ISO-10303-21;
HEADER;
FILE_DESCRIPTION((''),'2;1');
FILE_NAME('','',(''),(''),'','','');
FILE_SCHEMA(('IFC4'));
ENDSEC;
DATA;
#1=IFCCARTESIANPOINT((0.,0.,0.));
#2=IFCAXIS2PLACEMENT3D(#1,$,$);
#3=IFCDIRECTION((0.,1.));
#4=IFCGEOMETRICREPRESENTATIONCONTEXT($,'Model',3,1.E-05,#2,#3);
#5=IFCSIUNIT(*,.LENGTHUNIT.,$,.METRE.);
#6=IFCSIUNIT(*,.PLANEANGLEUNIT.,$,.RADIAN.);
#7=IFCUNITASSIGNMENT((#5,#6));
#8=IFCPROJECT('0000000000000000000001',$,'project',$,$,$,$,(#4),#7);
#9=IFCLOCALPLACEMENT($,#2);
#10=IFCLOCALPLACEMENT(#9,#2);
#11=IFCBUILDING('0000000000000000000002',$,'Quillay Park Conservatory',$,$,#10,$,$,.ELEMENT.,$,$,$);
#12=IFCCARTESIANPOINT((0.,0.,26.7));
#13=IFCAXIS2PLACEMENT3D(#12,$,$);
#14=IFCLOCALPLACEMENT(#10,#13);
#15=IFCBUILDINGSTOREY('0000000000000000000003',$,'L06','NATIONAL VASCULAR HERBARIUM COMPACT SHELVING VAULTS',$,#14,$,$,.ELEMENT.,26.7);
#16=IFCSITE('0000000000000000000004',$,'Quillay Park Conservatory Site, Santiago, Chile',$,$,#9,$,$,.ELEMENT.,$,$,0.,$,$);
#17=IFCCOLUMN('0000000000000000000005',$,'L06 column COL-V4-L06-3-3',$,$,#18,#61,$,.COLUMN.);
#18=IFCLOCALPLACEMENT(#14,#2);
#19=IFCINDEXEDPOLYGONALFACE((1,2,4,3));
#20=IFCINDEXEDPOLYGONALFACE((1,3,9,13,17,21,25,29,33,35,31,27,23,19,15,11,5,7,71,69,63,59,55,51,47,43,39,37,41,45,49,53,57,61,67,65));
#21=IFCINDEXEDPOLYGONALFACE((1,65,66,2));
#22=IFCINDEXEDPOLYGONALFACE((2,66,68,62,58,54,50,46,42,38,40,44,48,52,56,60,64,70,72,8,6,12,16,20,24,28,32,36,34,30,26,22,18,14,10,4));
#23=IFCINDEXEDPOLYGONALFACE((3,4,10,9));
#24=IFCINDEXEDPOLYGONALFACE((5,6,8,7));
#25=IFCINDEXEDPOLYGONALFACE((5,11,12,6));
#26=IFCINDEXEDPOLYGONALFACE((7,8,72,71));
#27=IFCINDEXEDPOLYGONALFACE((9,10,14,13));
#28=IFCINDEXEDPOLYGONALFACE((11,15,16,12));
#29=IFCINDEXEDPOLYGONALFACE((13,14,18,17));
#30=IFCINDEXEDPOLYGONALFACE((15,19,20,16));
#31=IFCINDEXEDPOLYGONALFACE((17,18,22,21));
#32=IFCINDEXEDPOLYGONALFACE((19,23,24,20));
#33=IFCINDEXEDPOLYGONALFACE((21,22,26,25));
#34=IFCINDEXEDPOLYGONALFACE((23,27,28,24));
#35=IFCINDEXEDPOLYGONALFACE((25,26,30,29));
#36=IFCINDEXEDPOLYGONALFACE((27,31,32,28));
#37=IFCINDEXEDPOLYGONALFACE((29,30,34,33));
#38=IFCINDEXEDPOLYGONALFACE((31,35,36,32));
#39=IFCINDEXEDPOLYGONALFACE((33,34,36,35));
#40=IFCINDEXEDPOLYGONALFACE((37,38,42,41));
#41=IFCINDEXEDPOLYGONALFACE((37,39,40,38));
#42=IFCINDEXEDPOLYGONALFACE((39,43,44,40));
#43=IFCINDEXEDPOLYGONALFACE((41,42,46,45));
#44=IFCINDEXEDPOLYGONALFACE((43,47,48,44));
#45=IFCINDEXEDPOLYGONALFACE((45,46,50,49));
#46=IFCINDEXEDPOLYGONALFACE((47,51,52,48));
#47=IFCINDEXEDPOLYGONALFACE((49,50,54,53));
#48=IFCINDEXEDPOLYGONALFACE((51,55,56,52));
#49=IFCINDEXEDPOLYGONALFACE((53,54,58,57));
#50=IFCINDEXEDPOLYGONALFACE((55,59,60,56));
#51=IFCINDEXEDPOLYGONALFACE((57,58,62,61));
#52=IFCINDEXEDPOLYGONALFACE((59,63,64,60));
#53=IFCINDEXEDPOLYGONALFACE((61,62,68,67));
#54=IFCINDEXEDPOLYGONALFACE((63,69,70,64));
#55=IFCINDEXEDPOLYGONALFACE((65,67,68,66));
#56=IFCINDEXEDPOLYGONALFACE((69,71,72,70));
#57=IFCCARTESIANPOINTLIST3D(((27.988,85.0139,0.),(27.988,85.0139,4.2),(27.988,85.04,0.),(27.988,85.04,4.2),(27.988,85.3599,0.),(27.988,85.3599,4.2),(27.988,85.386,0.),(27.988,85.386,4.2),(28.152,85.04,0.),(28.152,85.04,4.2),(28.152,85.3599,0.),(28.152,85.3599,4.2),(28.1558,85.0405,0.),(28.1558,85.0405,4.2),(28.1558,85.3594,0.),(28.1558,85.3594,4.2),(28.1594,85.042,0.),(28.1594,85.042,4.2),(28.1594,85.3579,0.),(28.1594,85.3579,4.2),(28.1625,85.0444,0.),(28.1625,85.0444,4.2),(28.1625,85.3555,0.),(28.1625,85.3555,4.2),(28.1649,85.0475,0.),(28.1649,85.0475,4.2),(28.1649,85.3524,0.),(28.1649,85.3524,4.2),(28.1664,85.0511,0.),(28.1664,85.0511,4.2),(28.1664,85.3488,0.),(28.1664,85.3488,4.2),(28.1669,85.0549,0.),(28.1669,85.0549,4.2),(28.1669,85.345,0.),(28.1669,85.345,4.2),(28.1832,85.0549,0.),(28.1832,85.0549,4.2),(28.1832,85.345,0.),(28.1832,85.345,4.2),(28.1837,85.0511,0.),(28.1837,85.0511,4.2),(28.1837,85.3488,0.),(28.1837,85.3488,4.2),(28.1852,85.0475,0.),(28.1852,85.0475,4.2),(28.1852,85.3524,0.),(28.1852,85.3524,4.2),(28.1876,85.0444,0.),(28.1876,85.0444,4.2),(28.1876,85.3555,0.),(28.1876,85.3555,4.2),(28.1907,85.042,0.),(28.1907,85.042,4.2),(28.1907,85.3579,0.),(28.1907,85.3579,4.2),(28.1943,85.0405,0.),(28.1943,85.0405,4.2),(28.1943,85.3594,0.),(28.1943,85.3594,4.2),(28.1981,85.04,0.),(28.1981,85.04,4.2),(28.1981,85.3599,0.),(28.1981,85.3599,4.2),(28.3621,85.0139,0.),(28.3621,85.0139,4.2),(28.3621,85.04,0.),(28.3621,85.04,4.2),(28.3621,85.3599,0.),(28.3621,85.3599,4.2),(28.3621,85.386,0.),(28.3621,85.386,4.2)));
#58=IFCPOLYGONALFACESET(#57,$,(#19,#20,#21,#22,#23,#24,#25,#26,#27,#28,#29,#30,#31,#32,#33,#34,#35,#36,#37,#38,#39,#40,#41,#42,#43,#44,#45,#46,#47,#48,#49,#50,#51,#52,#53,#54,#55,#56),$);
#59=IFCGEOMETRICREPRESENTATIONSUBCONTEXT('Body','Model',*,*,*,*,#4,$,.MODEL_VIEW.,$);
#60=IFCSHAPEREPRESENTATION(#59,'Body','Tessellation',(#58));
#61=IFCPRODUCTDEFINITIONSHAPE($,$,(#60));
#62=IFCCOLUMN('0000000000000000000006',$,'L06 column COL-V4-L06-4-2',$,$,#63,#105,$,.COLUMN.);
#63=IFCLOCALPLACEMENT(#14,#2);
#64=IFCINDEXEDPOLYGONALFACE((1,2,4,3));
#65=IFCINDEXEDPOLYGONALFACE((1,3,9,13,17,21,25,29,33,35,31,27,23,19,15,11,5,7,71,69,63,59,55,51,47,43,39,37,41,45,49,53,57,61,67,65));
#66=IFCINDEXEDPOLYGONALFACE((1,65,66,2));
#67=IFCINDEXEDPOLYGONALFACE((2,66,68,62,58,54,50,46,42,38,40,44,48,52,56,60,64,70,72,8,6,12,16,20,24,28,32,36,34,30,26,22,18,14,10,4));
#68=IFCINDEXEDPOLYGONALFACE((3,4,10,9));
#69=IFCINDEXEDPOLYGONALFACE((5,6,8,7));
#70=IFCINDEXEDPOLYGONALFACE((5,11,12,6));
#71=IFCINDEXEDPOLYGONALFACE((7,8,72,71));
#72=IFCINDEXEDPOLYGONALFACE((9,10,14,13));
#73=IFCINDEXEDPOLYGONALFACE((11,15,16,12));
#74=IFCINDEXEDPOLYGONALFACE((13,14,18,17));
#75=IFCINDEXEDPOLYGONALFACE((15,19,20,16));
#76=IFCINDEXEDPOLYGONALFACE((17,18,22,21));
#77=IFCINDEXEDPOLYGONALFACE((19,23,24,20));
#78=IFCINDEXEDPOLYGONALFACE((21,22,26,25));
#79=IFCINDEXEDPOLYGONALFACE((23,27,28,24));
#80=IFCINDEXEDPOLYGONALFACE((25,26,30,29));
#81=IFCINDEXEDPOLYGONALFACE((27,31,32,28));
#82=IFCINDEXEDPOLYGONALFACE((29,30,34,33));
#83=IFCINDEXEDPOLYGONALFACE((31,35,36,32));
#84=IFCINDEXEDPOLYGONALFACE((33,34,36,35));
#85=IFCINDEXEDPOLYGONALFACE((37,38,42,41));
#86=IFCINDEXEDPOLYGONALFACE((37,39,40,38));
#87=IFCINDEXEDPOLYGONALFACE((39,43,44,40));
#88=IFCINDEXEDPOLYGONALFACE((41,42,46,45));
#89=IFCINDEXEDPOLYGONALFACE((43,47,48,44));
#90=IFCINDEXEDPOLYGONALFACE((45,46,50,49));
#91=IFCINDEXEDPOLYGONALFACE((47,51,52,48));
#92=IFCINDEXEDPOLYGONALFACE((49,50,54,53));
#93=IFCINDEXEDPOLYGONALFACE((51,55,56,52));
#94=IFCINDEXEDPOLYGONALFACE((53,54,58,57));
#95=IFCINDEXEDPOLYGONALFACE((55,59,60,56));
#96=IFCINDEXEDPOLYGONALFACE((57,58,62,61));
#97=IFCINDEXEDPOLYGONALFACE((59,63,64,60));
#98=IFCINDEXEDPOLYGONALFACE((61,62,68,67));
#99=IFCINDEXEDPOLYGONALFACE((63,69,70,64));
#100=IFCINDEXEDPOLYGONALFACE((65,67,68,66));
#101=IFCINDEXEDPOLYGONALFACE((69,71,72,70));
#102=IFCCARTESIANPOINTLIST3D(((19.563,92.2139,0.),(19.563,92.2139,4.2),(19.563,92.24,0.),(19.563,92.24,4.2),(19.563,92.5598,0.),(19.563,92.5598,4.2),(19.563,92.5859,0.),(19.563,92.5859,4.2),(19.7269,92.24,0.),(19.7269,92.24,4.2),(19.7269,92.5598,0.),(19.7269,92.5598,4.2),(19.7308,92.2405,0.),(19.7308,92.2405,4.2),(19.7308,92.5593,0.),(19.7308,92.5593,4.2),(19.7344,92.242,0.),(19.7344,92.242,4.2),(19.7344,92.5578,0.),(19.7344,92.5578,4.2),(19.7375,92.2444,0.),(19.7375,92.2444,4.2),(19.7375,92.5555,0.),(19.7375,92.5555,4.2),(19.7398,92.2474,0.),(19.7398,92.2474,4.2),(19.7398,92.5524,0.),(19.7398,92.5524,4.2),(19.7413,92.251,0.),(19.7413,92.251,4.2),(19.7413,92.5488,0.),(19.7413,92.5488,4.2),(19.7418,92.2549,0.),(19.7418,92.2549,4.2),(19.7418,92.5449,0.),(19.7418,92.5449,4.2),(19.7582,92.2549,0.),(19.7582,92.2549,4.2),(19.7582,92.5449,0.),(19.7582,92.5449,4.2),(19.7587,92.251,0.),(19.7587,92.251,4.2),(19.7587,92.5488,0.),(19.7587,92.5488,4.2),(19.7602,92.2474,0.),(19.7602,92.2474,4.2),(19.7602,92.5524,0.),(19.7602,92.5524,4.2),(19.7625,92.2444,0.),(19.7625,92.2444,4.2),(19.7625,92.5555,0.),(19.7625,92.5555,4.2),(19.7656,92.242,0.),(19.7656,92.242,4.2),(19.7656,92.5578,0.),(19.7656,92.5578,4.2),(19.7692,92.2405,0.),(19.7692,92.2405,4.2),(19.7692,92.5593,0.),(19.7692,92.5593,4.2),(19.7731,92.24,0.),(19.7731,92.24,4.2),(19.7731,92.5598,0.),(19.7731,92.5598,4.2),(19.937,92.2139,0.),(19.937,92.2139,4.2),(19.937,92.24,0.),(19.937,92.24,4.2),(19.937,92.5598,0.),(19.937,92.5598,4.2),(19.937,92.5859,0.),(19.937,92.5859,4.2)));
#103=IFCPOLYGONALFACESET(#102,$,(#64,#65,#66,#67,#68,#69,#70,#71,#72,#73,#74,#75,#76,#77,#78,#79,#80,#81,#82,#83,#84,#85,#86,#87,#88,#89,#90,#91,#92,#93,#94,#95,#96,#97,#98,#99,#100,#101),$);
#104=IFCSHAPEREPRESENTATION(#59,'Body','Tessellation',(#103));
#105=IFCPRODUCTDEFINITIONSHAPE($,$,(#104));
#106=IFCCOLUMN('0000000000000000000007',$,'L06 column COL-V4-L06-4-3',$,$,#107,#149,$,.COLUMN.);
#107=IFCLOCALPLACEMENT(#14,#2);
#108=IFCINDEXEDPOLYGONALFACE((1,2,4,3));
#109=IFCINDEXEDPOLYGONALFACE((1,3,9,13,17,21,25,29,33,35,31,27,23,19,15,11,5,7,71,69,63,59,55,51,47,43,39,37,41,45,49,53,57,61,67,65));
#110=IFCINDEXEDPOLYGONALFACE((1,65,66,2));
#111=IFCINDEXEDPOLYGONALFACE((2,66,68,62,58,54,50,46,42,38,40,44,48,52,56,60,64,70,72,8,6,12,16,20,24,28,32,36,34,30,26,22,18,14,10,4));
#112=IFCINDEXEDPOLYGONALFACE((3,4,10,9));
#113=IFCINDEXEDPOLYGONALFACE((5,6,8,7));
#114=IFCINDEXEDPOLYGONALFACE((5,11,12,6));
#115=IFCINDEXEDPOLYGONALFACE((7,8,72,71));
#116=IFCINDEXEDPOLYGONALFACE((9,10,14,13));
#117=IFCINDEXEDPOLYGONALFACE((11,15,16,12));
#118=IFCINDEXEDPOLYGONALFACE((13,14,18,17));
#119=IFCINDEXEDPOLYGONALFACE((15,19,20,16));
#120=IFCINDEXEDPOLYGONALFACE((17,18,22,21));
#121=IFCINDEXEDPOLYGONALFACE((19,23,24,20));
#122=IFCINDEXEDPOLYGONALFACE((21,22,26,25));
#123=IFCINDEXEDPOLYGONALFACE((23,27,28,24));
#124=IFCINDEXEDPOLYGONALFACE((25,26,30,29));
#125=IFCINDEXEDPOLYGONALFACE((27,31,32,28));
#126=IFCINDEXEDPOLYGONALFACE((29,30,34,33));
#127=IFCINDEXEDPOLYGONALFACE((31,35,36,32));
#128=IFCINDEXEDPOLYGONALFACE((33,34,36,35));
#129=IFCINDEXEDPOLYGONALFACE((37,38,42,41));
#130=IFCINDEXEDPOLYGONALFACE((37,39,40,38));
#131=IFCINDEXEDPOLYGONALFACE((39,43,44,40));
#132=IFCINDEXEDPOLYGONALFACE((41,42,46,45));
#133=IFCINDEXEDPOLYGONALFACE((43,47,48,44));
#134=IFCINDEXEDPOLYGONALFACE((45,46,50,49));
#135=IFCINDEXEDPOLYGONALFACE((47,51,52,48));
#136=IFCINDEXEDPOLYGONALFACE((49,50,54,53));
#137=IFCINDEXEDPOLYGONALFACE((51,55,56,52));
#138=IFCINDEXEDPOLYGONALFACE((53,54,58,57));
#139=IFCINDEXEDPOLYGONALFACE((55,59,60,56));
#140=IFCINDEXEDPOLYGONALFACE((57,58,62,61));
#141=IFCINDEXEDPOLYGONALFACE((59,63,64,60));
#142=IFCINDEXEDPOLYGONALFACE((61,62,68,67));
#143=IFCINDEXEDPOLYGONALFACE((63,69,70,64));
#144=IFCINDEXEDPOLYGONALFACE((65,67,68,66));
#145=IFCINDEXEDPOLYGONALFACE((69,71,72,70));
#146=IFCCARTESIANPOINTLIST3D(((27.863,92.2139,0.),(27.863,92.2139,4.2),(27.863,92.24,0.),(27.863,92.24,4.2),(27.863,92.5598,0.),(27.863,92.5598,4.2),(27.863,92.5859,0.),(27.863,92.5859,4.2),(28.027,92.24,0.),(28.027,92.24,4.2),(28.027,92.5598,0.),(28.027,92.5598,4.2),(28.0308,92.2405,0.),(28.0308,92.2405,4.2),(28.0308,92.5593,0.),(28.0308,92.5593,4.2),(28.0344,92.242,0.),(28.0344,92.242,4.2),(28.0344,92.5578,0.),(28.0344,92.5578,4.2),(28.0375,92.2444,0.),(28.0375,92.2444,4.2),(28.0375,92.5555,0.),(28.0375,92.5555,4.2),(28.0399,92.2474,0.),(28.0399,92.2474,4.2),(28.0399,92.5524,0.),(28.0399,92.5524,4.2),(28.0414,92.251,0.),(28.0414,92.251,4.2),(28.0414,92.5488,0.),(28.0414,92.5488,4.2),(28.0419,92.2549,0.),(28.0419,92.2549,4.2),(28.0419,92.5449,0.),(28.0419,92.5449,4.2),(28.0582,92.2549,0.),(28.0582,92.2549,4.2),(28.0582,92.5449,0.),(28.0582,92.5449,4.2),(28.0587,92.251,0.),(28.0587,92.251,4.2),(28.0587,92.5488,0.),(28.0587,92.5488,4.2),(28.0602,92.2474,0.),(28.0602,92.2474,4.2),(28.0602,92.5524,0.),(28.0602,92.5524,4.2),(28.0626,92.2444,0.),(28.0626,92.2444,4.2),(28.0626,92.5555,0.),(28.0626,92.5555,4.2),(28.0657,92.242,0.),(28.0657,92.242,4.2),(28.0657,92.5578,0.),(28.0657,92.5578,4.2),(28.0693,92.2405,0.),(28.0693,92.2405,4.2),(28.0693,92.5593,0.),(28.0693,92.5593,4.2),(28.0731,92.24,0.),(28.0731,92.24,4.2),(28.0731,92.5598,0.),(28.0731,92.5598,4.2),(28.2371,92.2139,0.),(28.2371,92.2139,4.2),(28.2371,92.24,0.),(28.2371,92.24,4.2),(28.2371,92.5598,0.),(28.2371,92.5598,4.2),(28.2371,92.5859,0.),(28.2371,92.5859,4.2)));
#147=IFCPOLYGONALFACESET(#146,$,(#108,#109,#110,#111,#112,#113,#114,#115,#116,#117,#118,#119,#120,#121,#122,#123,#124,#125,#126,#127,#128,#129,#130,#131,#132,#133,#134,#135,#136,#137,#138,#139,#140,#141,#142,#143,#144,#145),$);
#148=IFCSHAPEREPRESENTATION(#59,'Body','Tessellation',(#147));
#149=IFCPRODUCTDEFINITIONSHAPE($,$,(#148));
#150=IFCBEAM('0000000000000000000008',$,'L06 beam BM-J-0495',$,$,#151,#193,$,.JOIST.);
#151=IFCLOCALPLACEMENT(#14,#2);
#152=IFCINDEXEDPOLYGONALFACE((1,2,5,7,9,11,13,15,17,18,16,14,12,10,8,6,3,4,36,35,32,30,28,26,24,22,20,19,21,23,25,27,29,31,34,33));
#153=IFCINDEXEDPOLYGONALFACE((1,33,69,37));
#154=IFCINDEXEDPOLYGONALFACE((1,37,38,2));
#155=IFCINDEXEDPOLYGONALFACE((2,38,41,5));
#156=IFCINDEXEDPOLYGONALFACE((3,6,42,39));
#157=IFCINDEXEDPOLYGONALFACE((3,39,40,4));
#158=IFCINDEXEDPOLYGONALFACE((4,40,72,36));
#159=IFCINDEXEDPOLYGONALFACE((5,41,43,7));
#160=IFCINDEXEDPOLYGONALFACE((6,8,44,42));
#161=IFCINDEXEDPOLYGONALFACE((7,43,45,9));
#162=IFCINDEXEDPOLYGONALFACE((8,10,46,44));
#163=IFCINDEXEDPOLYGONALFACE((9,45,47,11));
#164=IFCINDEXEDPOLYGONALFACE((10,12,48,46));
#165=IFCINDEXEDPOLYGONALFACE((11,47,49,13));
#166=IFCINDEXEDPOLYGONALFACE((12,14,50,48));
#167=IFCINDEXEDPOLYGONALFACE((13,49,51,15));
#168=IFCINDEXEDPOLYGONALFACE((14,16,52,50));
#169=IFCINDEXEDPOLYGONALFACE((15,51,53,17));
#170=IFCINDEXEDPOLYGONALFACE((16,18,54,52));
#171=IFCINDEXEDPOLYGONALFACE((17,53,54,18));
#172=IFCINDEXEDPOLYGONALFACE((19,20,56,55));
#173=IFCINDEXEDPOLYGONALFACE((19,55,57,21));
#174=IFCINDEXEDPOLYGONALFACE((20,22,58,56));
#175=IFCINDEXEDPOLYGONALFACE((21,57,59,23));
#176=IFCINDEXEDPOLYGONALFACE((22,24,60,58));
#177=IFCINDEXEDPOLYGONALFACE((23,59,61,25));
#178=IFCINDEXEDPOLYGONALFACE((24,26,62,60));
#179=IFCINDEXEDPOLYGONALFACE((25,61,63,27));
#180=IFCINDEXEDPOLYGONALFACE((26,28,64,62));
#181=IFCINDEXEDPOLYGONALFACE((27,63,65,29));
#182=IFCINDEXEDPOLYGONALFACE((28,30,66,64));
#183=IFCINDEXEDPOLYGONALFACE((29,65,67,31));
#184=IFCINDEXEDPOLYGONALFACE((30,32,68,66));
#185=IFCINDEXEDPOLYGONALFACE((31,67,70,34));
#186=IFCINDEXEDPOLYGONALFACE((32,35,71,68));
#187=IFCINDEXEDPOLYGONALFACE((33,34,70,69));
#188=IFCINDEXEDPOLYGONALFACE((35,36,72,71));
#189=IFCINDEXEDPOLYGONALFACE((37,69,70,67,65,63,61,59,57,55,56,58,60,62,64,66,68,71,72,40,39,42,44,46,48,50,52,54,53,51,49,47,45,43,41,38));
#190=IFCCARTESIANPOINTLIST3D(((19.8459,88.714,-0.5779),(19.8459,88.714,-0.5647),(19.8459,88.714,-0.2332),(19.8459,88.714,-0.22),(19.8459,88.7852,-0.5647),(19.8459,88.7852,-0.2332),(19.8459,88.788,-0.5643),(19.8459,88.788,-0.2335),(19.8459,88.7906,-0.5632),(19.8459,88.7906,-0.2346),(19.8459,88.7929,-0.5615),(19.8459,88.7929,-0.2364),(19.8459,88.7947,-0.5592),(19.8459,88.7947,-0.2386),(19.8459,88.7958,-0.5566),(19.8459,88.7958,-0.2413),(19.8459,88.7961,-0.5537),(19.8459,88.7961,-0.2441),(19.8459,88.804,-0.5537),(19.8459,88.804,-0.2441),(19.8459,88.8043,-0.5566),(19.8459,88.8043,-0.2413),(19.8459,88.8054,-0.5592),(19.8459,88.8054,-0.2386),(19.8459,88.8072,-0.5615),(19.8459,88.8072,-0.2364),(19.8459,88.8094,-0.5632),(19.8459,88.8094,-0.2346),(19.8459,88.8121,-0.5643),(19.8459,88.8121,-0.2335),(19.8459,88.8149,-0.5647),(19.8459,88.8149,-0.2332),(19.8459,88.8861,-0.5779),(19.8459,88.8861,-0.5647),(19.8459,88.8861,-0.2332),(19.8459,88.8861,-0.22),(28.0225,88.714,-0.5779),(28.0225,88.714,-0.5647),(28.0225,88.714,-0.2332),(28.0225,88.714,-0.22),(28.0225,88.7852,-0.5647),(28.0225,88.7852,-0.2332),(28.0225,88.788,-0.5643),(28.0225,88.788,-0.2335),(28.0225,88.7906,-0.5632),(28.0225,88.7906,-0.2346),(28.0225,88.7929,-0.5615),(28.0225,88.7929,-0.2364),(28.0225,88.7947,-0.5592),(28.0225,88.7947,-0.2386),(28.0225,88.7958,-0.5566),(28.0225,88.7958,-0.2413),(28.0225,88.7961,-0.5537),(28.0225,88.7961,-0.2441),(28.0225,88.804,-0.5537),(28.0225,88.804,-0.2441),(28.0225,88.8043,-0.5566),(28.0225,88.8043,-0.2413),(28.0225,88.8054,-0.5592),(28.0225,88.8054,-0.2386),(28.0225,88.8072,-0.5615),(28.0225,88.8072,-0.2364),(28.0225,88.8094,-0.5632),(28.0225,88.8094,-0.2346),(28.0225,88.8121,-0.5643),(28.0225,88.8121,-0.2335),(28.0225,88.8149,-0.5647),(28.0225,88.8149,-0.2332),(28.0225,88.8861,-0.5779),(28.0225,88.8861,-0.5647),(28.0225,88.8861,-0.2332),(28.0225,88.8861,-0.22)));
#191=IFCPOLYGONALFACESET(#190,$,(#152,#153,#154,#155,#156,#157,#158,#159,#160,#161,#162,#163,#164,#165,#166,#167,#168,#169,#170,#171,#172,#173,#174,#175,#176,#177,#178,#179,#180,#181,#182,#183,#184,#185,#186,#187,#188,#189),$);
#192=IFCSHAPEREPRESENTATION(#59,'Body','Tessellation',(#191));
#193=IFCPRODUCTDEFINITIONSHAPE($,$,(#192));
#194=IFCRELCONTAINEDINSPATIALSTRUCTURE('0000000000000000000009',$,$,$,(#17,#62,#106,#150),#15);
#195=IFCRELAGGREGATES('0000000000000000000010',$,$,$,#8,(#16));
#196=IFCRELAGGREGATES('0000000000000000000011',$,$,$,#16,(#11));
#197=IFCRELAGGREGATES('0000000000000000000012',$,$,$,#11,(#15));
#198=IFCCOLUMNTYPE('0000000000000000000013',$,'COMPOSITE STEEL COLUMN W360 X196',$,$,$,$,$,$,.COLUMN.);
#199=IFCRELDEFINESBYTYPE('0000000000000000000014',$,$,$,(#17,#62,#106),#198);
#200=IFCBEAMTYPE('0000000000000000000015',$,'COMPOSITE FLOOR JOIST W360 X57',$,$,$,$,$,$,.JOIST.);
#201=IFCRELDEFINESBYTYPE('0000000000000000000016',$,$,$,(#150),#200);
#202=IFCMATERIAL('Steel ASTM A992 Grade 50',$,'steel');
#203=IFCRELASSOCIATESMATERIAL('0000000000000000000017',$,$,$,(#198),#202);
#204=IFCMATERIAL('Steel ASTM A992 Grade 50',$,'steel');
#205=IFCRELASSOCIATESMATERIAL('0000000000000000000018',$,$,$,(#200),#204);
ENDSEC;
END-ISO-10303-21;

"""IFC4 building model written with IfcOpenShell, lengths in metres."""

from ifc_helpers import new_model, si_unit, direction, frame, origin, origin_2d, place, context, subcontext, project, spatial, i_section, extrude, material, material_profile, profile_set, type_object, element, save


model = new_model("IFC4")

# Units and contexts
model_context = context("Model", 3, precision=1e-05, world=origin(), true_north=direction((0.0, 1.0)))
body_context = subcontext(model_context, "Body", "Model", "MODEL_VIEW")
ifc_project = project(units=[si_unit("LENGTHUNIT", "METRE"), si_unit("PLANEANGLEUNIT", "RADIAN")], contexts=[model_context])

# Site, building, storey
site_placement = place(None, origin())
site = spatial("IfcSite", under=ifc_project, at=site_placement, Name="Quillay Park Conservatory Site, Santiago, Chile", CompositionType="ELEMENT", RefElevation=0.0)
building_placement = place(site_placement, origin())
building = spatial("IfcBuilding", under=site, at=building_placement, Name="Quillay Park Conservatory", CompositionType="ELEMENT")
storey_placement = place(building_placement, frame((0.0, 0.0, 26.7)))
storey = spatial("IfcBuildingStorey", under=building, at=storey_placement, Name="L06", Description="NATIONAL VASCULAR HERBARIUM COMPACT SHELVING VAULTS", CompositionType="ELEMENT", Elevation=26.7)

# Columns
ifc_material_1 = material(Name="Steel ASTM A992 Grade 50", Category="steel")
ifc_material_profile_1 = material_profile(ifc_material_1, i_section(OverallWidth=0.374, OverallDepth=0.3721, WebThickness=0.0164, FlangeThickness=0.0261, FilletRadius=0.0149, at=origin_2d()), Name="W360x196")
ifc_profile_set_1 = profile_set([ifc_material_profile_1], Name="Steel ASTM A992 Grade 50")
column_type = type_object("IfcColumnType", Name="COMPOSITE STEEL COLUMN W360 X196", PredefinedType="COLUMN", material=ifc_profile_set_1)
for number, where, z_axis, x_axis, name in (
    (1, (28.175, 85.2, 0.0), (0.0, 0.0, 1.0), (1.0, 0.0, 0.0), "L06 column COL-V4-L06-3-3"),
    (2, (19.75, 92.3999, 0.0), (0.0, 0.0, 1.0), (1.0, 0.0, 0.0), "L06 column COL-V4-L06-4-2"),
    (3, (28.05, 92.3999, 0.0), (0.0, 0.0, 1.0), (1.0, 0.0, 0.0), "L06 column COL-V4-L06-4-3"),
):
    element("IfcColumn", number, at=place(storey_placement, frame(where, z_axis=z_axis, x_axis=x_axis)), inside=storey, type_object=column_type, Name=name, PredefinedType="COLUMN", context=body_context, shape_type="SweptSolid", body=[
        extrude(i_section(OverallWidth=0.374, OverallDepth=0.3721, WebThickness=0.0164, FlangeThickness=0.0261, FilletRadius=0.0149, at=origin_2d()), origin(), (0.0, 0.0, 1.0), 4.2),
    ])

# Beam
ifc_material_2 = material(Name="Steel ASTM A992 Grade 50", Category="steel")
ifc_material_profile_2 = material_profile(ifc_material_2, i_section(OverallWidth=0.1721, OverallDepth=0.3579, WebThickness=0.0078, FlangeThickness=0.0132, FilletRadius=0.011, at=origin_2d()), Name="W360x57")
ifc_profile_set_2 = profile_set([ifc_material_profile_2], Name="Steel ASTM A992 Grade 50")
beam_type_1 = type_object("IfcBeamType", Name="COMPOSITE FLOOR JOIST W360 X57", PredefinedType="JOIST", material=ifc_profile_set_2)
beam_1_placement = place(storey_placement, frame((19.8459, 88.8, -0.3989), z_axis=(1.0, 0.0, 0.0), x_axis=(0.0, 1.0, 0.0)))
element("IfcBeam", 4, at=beam_1_placement, inside=storey, type_object=beam_type_1, Name="L06 beam BM-J-0495", PredefinedType="JOIST", context=body_context, shape_type="SweptSolid", body=[
    extrude(i_section(OverallWidth=0.1721, OverallDepth=0.3579, WebThickness=0.0078, FlangeThickness=0.0132, FilletRadius=0.011, at=origin_2d()), origin(), (0.0, 0.0, 1.0), 8.1765),
])

save(model, "model.ifc")
